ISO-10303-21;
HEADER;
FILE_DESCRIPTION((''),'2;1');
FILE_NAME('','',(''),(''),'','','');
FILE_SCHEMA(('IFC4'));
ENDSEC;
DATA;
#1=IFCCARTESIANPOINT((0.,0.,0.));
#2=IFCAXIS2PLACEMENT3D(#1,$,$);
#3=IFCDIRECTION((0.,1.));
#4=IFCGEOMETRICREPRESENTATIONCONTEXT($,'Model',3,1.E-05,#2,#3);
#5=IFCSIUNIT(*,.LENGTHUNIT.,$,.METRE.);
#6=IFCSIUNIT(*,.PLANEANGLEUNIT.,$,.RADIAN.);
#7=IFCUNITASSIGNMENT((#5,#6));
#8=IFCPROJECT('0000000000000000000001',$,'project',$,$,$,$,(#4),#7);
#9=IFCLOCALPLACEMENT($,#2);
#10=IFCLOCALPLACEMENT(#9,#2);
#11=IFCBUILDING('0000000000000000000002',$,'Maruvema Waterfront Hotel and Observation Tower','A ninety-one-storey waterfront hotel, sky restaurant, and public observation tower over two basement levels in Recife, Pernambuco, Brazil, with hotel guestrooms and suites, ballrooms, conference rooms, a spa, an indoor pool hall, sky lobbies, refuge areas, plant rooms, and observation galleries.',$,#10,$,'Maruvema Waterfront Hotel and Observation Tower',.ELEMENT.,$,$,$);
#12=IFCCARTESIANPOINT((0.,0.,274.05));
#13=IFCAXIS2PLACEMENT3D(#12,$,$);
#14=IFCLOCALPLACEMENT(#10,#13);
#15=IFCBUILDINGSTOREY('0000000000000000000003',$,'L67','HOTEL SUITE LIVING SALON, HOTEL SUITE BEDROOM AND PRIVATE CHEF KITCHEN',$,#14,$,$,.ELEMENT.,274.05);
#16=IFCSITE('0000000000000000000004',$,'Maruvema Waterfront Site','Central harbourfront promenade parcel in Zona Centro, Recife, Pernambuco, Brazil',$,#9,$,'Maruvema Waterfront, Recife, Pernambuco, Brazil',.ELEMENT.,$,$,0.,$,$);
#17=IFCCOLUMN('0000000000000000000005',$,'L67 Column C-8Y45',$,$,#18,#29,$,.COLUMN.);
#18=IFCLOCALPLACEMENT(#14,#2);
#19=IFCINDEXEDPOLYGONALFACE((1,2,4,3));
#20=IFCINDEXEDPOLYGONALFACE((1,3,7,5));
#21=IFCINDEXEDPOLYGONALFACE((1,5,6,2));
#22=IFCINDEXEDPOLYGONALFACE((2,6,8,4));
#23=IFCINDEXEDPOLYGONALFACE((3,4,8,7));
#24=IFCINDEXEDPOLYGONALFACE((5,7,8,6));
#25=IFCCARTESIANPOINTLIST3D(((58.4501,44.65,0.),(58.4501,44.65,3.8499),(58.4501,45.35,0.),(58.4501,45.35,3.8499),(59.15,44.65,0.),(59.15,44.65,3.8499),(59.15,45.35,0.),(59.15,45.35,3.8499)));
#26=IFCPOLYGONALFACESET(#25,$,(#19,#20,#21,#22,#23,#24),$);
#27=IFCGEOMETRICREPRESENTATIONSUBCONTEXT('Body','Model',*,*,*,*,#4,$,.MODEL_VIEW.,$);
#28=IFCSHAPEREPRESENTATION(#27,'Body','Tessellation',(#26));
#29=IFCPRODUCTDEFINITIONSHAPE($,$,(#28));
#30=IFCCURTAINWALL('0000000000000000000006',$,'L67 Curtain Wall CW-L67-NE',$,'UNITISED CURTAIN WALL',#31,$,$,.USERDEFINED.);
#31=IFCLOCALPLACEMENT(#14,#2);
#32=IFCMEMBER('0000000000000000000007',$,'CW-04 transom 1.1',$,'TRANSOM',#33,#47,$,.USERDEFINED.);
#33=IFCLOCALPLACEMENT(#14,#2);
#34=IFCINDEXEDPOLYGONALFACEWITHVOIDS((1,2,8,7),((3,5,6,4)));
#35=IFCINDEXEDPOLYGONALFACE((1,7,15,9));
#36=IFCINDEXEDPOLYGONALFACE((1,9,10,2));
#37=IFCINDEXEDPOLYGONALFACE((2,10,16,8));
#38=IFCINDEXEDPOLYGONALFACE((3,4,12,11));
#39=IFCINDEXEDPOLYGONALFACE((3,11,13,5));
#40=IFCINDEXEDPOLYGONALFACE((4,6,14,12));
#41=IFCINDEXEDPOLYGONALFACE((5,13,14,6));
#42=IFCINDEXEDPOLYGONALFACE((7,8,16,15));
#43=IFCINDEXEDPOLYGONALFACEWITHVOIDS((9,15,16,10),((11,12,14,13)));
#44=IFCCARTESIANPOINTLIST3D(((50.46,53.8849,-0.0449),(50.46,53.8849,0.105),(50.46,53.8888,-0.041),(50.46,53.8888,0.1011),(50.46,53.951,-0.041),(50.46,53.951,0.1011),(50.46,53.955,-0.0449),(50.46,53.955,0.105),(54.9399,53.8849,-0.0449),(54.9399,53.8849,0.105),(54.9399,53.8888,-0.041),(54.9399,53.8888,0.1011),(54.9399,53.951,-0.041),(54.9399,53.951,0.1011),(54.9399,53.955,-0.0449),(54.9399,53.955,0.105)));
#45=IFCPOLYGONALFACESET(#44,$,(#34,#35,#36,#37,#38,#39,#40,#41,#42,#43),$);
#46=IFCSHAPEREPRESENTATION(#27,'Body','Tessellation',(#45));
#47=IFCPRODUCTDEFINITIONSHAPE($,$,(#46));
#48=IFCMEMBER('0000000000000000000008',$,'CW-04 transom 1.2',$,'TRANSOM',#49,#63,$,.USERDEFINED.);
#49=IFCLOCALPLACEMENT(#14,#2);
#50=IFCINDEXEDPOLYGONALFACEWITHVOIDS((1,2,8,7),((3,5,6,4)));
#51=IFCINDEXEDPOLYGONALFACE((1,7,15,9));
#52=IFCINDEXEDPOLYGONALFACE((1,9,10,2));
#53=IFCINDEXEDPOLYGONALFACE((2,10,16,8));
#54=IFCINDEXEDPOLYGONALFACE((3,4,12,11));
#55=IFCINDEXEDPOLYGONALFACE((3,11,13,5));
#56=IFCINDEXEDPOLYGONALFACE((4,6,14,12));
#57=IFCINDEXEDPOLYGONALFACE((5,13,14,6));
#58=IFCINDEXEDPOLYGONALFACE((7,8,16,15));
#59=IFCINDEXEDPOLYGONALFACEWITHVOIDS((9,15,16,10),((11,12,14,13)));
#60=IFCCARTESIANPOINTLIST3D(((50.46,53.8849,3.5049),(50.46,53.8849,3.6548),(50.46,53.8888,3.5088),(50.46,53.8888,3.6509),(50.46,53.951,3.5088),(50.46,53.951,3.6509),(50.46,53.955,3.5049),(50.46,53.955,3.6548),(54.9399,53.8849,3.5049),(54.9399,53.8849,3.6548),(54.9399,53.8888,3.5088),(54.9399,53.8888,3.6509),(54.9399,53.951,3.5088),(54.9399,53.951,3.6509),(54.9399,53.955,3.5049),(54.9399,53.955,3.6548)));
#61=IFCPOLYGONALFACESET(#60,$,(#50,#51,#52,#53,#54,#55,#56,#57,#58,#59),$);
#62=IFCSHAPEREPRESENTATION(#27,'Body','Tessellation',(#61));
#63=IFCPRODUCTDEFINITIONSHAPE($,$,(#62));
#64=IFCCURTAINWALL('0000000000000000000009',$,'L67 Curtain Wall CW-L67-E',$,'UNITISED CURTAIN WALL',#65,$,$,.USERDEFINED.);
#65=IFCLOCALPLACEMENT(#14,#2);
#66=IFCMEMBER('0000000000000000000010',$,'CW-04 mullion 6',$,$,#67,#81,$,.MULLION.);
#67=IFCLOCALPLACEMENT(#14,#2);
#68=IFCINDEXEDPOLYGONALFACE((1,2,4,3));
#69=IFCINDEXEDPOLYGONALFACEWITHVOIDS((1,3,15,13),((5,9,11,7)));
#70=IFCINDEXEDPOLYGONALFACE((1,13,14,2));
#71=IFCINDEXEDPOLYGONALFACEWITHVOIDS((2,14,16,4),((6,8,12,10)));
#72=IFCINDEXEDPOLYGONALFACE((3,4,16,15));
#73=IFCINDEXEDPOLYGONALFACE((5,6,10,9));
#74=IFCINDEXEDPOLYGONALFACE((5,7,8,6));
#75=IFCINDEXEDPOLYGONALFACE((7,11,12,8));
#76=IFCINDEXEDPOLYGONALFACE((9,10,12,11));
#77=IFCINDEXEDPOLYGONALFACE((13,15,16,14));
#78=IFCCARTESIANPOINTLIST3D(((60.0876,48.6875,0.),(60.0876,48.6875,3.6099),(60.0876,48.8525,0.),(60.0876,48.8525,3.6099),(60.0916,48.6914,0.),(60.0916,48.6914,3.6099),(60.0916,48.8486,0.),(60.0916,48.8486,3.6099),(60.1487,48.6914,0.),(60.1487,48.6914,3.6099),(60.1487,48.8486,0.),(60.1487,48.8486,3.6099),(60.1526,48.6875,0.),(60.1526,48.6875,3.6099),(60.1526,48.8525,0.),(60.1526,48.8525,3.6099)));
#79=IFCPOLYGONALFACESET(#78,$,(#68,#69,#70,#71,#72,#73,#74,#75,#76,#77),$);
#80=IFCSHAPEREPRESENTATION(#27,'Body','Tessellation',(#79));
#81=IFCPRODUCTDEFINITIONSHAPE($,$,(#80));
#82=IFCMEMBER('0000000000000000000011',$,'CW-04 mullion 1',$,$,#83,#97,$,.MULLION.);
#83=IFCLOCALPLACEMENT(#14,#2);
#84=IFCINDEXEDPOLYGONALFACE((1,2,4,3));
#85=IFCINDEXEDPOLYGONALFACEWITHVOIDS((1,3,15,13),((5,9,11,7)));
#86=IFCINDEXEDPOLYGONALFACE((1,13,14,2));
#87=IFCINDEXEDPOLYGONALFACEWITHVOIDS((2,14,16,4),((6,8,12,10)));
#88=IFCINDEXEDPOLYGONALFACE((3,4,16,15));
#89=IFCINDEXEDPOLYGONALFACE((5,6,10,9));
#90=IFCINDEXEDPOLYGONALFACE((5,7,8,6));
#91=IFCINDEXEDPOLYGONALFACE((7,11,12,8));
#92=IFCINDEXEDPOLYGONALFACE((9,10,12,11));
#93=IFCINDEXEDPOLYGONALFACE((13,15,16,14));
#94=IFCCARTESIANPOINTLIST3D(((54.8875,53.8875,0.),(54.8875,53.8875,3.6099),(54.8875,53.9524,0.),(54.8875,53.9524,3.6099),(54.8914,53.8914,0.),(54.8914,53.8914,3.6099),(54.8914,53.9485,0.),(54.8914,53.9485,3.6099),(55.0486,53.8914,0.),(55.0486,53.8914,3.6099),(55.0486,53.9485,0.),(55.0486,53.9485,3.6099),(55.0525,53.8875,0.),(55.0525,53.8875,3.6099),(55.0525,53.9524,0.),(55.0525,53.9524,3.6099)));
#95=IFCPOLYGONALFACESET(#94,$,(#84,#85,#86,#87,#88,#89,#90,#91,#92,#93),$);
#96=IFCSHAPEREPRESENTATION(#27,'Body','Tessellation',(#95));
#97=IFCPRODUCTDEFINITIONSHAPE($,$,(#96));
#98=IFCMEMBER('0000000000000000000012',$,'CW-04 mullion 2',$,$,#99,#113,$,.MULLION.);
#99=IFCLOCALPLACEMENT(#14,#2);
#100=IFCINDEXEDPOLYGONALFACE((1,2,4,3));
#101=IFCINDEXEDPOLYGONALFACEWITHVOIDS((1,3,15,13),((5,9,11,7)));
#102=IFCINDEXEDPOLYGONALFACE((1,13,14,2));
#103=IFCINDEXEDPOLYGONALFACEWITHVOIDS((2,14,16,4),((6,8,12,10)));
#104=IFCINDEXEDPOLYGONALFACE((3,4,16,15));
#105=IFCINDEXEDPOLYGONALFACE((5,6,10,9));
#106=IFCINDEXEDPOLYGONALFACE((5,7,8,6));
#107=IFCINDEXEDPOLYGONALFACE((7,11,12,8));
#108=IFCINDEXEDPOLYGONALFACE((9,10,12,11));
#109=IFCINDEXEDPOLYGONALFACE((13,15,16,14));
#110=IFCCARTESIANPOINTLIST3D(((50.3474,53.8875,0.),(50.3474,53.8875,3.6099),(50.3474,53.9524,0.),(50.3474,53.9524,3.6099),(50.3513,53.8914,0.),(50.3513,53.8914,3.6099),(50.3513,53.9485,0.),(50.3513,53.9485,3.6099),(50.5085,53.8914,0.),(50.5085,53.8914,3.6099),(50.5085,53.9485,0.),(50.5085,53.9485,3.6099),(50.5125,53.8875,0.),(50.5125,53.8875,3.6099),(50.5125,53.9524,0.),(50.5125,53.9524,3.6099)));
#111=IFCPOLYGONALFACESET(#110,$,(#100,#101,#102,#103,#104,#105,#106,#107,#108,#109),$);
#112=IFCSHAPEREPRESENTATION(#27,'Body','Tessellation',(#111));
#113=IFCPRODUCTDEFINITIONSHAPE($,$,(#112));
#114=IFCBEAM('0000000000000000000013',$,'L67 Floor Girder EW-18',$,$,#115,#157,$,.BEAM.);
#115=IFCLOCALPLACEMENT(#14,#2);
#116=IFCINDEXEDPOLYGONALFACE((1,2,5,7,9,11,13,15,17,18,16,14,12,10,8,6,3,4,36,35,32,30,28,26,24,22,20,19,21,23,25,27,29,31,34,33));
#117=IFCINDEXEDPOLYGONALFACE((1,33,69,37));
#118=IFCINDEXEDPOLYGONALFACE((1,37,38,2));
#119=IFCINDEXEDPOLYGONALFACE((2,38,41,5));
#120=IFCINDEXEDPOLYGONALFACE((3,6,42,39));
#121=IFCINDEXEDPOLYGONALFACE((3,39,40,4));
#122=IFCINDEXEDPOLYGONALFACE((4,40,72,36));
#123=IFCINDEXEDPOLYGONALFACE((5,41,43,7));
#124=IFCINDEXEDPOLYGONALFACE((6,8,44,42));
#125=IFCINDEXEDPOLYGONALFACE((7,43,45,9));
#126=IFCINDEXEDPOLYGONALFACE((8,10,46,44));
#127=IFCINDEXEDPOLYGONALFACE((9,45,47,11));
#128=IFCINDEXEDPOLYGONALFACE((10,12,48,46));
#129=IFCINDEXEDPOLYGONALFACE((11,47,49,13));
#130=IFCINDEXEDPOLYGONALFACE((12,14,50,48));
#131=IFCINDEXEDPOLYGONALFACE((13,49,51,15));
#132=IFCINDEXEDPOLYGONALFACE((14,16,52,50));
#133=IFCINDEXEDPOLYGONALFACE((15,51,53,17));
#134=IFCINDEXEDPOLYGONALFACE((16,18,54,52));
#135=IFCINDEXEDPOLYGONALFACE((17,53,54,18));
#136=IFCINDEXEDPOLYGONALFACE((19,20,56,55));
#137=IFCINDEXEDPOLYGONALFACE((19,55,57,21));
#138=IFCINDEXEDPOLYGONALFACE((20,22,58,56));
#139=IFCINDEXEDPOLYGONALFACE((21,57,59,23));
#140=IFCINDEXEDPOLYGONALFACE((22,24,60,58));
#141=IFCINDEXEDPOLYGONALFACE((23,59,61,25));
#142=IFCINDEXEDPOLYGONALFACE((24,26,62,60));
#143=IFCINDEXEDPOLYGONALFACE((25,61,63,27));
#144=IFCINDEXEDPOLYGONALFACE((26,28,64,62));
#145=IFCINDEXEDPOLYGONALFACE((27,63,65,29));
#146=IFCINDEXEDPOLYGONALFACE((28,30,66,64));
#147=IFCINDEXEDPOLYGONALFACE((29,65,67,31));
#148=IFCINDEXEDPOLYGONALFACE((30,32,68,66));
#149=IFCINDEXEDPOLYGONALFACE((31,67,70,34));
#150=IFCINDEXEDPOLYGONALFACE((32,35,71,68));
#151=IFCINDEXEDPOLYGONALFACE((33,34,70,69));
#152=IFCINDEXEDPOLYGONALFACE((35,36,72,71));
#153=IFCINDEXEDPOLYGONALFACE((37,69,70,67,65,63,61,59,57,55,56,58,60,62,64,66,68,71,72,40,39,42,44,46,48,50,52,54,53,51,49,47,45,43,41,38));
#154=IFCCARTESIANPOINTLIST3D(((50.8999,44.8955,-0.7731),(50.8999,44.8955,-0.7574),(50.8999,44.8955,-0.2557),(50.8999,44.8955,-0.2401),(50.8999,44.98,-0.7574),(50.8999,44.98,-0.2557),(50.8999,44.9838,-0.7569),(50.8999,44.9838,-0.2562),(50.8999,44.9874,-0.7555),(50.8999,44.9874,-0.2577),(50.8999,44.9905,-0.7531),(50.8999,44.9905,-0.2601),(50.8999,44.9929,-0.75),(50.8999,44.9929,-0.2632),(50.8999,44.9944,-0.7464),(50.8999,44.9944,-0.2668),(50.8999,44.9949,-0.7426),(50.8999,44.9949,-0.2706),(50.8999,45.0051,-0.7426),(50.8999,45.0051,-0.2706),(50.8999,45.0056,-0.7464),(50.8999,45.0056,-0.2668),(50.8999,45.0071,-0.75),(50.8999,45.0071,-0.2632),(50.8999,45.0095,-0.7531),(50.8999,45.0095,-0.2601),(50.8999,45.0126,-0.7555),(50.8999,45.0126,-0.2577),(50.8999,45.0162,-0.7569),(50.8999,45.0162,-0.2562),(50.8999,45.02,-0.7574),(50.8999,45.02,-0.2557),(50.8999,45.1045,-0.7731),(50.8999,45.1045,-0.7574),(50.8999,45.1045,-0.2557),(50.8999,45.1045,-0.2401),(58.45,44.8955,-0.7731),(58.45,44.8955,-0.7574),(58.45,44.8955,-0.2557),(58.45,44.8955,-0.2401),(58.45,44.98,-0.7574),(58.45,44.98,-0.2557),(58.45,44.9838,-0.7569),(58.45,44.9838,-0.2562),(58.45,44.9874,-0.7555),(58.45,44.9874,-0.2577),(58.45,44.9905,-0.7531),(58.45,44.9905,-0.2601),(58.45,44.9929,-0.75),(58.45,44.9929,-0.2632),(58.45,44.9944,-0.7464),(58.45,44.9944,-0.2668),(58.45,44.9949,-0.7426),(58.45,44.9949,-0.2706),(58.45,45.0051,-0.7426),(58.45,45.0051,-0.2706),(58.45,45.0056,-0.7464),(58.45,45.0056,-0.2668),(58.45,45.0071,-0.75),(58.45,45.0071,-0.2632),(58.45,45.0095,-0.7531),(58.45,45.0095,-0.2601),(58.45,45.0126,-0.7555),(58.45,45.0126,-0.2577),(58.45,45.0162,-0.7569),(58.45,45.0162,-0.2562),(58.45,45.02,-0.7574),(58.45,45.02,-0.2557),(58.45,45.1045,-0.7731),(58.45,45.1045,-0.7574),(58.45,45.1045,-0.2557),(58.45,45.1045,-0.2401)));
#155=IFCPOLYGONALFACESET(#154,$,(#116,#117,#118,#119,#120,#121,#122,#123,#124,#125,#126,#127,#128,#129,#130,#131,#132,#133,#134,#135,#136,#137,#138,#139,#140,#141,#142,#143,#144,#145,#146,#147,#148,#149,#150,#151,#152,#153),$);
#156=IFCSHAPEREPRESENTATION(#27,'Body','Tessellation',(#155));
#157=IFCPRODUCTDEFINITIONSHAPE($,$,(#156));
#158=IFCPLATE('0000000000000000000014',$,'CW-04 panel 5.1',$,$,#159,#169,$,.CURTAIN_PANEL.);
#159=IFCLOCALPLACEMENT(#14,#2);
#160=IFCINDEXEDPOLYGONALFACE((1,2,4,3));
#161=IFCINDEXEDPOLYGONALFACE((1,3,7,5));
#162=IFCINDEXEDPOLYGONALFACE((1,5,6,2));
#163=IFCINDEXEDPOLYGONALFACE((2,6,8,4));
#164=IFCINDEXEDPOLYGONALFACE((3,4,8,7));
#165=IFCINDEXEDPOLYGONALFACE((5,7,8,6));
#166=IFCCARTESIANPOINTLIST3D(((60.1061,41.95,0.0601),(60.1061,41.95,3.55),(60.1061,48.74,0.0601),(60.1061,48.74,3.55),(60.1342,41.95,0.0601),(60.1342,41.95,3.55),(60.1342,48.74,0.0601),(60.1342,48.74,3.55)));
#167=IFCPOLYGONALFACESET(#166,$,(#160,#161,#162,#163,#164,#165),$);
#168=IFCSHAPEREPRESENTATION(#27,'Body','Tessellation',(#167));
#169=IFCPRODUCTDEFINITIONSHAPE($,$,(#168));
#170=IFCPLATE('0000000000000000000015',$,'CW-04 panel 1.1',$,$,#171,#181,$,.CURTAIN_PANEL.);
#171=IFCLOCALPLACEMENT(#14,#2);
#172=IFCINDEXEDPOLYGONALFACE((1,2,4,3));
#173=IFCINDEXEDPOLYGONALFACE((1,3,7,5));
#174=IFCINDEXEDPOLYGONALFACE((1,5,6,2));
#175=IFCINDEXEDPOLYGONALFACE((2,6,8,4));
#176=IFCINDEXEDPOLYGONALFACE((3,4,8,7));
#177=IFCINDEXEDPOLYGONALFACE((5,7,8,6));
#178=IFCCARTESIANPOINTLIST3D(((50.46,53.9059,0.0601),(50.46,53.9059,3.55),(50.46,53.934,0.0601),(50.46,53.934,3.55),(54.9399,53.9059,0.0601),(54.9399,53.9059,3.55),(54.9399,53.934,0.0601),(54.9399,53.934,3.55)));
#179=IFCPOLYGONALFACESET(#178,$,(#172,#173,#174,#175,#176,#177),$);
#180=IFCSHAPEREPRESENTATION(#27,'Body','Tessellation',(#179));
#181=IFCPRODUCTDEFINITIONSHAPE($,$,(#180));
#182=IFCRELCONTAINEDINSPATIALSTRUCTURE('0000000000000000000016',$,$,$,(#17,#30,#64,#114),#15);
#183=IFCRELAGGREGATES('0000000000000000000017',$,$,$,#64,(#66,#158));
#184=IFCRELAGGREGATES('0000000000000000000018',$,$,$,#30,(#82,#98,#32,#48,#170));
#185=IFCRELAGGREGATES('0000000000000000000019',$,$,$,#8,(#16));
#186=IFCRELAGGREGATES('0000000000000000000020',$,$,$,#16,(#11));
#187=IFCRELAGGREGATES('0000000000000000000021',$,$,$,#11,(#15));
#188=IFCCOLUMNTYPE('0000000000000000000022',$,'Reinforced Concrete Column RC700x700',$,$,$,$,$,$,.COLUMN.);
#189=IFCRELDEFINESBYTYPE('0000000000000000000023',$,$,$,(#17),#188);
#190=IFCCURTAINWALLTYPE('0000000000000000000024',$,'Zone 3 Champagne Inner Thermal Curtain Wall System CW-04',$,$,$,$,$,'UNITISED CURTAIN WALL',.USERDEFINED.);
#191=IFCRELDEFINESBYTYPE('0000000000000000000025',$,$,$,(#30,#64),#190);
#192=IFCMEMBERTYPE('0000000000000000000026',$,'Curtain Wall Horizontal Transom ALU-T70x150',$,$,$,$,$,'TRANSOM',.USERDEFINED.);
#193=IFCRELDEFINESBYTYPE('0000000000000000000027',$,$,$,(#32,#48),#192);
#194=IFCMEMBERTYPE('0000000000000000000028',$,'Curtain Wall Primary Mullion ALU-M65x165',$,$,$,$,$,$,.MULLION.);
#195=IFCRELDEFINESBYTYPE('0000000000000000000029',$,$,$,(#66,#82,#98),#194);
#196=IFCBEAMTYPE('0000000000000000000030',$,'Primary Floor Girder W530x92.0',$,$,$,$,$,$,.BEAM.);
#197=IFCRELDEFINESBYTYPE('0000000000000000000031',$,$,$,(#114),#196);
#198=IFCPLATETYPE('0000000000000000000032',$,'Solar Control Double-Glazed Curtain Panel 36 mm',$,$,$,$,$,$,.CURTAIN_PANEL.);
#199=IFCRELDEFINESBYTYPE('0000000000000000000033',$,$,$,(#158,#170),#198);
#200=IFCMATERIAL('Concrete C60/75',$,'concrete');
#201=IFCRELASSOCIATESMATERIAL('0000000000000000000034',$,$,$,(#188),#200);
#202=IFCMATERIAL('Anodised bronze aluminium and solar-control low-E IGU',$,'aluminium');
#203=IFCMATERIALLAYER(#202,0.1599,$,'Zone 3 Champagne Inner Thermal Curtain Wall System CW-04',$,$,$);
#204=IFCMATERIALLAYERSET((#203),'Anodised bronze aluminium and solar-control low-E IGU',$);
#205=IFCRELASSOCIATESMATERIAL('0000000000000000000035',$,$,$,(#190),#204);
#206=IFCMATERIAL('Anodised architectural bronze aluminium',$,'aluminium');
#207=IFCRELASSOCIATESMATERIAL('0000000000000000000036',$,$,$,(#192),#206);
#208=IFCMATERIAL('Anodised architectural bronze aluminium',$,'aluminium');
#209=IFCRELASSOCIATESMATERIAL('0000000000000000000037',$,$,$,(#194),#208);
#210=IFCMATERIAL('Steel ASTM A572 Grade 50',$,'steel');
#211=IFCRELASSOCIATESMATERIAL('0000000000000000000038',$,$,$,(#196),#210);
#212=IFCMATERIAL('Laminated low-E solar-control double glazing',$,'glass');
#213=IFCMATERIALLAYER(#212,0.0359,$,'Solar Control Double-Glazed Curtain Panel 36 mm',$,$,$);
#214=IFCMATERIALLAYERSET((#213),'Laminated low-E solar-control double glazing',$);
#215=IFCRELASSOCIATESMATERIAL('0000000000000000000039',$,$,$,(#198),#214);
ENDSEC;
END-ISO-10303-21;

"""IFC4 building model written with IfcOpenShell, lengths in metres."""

from ifc_helpers import new_model, si_unit, direction, frame, origin, origin_2d, place, context, subcontext, project, spatial, rectangle, hollow_rectangle, i_section, extrude, material, layer, layer_set, material_profile, profile_set, type_object, element, aggregate, save


model = new_model("IFC4")

# Units and contexts
model_context = context("Model", 3, precision=1e-05, world=origin(), true_north=direction((0.0, 1.0)))
body_context = subcontext(model_context, "Body", "Model", "MODEL_VIEW")
ifc_project = project(units=[si_unit("LENGTHUNIT", "METRE"), si_unit("PLANEANGLEUNIT", "RADIAN")], contexts=[model_context])

# Site, building, storey
site_placement = place(None, origin())
site = spatial("IfcSite", under=ifc_project, at=site_placement, Name="Maruvema Waterfront Site", Description="Central harbourfront promenade parcel in Zona Centro, Recife, Pernambuco, Brazil", LongName="Maruvema Waterfront, Recife, Pernambuco, Brazil", CompositionType="ELEMENT", RefElevation=0.0)
building_placement = place(site_placement, origin())
building = spatial("IfcBuilding", under=site, at=building_placement, Name="Maruvema Waterfront Hotel and Observation Tower", Description="A ninety-one-storey waterfront hotel, sky restaurant, and public observation tower over two basement levels in Recife, Pernambuco, Brazil, with hotel guestrooms and suites, ballrooms, conference rooms, a spa, an indoor pool hall, sky lobbies, refuge areas, plant rooms, and observation galleries.", LongName="Maruvema Waterfront Hotel and Observation Tower", CompositionType="ELEMENT")
storey_placement = place(building_placement, frame((0.0, 0.0, 274.05)))
storey = spatial("IfcBuildingStorey", under=building, at=storey_placement, Name="L67", Description="HOTEL SUITE LIVING SALON, HOTEL SUITE BEDROOM AND PRIVATE CHEF KITCHEN", CompositionType="ELEMENT", Elevation=274.05)

# Column
ifc_material_1 = material(Name="Concrete C60/75", Category="concrete")
ifc_material_profile_1 = material_profile(ifc_material_1, rectangle(XDim=0.7, YDim=0.7, at=origin_2d()), Name="RC700x700")
ifc_profile_set_1 = profile_set([ifc_material_profile_1], Name="Concrete C60/75")
column_type = type_object("IfcColumnType", Name="Reinforced Concrete Column RC700x700", PredefinedType="COLUMN", material=ifc_profile_set_1)
column_placement = place(storey_placement, frame((58.8, 45.0, 0.0), z_axis=(0.0, 0.0, 1.0), x_axis=(1.0, 0.0, 0.0)))
element("IfcColumn", 1, at=column_placement, inside=storey, type_object=column_type, Name="L67 Column C-8Y45", PredefinedType="COLUMN", context=body_context, shape_type="SweptSolid", body=[
    extrude(rectangle(XDim=0.7, YDim=0.7, at=origin_2d()), origin(), (0.0, 0.0, 1.0), 3.8499),
])

# Curtain wall, members
ifc_material_2 = material(Name="Anodised bronze aluminium and solar-control low-E IGU", Category="aluminium")
ifc_layer_1 = layer(ifc_material_2, 0.1599, Name="Zone 3 Champagne Inner Thermal Curtain Wall System CW-04")
ifc_layer_set_1 = layer_set([ifc_layer_1], Name="Anodised bronze aluminium and solar-control low-E IGU")
curtain_wall_type = type_object("IfcCurtainWallType", Name="Zone 3 Champagne Inner Thermal Curtain Wall System CW-04", ElementType="UNITISED CURTAIN WALL", PredefinedType="USERDEFINED", material=ifc_layer_set_1)
curtain_wall_1_placement = place(storey_placement, origin())
curtain_wall_1 = element("IfcCurtainWall", 2, at=curtain_wall_1_placement, inside=storey, type_object=curtain_wall_type, Name="L67 Curtain Wall CW-L67-NE", ObjectType="UNITISED CURTAIN WALL", PredefinedType="USERDEFINED")
ifc_material_3 = material(Name="Anodised architectural bronze aluminium", Category="aluminium")
ifc_material_profile_2 = material_profile(ifc_material_3, hollow_rectangle(XDim=0.0701, YDim=0.1499, WallThickness=0.0039, at=origin_2d()), Name="ALU-T70x150")
ifc_profile_set_2 = profile_set([ifc_material_profile_2], Name="Anodised architectural bronze aluminium")
member_type_1 = type_object("IfcMemberType", Name="Curtain Wall Horizontal Transom ALU-T70x150", ElementType="TRANSOM", PredefinedType="USERDEFINED", material=ifc_profile_set_2)
member_1_placement = place(storey_placement, frame((54.9399, 53.9199, 0.03), z_axis=(-1.0, 0.0, 0.0), x_axis=(0.0, -1.0, 0.0)))
member_1 = element("IfcMember", 3, at=member_1_placement, type_object=member_type_1, Name="CW-04 transom 1.1", ObjectType="TRANSOM", PredefinedType="USERDEFINED", context=body_context, shape_type="SweptSolid", body=[
    extrude(hollow_rectangle(XDim=0.0701, YDim=0.1499, WallThickness=0.0039, at=origin_2d()), origin(), (0.0, 0.0, 1.0), 4.48),
])
member_2_placement = place(storey_placement, frame((54.9399, 53.9199, 3.5798), z_axis=(-1.0, 0.0, 0.0), x_axis=(0.0, -1.0, 0.0)))
member_2 = element("IfcMember", 4, at=member_2_placement, type_object=member_type_1, Name="CW-04 transom 1.2", ObjectType="TRANSOM", PredefinedType="USERDEFINED", context=body_context, shape_type="SweptSolid", body=[
    extrude(hollow_rectangle(XDim=0.0701, YDim=0.1499, WallThickness=0.0039, at=origin_2d()), origin(), (0.0, 0.0, 1.0), 4.48),
])

# Curtain wall, member
curtain_wall_2_placement = place(storey_placement, origin())
curtain_wall_2 = element("IfcCurtainWall", 5, at=curtain_wall_2_placement, inside=storey, type_object=curtain_wall_type, Name="L67 Curtain Wall CW-L67-E", ObjectType="UNITISED CURTAIN WALL", PredefinedType="USERDEFINED")
ifc_material_4 = material(Name="Anodised architectural bronze aluminium", Category="aluminium")
ifc_material_profile_3 = material_profile(ifc_material_4, hollow_rectangle(XDim=0.0649, YDim=0.165, WallThickness=0.0039, at=origin_2d()), Name="ALU-M65x165")
ifc_profile_set_3 = profile_set([ifc_material_profile_3], Name="Anodised architectural bronze aluminium")
member_type_2 = type_object("IfcMemberType", Name="Curtain Wall Primary Mullion ALU-M65x165", PredefinedType="MULLION", material=ifc_profile_set_3)
member_3_placement = place(storey_placement, frame((60.1201, 48.77, 0.0), z_axis=(0.0, 0.0, 1.0), x_axis=(-1.0, 0.0, 0.0)))
member_3 = element("IfcMember", 6, at=member_3_placement, type_object=member_type_2, Name="CW-04 mullion 6", PredefinedType="MULLION", context=body_context, shape_type="SweptSolid", body=[
    extrude(hollow_rectangle(XDim=0.0649, YDim=0.165, WallThickness=0.0039, at=origin_2d()), origin(), (0.0, 0.0, 1.0), 3.6099),
])

# Members
member_4_placement = place(storey_placement, frame((54.97, 53.9199, 0.0), z_axis=(0.0, 0.0, 1.0), x_axis=(0.0, -1.0, 0.0)))
member_4 = element("IfcMember", 7, at=member_4_placement, type_object=member_type_2, Name="CW-04 mullion 1", PredefinedType="MULLION", context=body_context, shape_type="SweptSolid", body=[
    extrude(hollow_rectangle(XDim=0.0649, YDim=0.165, WallThickness=0.0039, at=origin_2d()), origin(), (0.0, 0.0, 1.0), 3.6099),
])
member_5_placement = place(storey_placement, frame((50.4299, 53.9199, 0.0), z_axis=(0.0, 0.0, 1.0), x_axis=(0.0, -1.0, 0.0)))
member_5 = element("IfcMember", 8, at=member_5_placement, type_object=member_type_2, Name="CW-04 mullion 2", PredefinedType="MULLION", context=body_context, shape_type="SweptSolid", body=[
    extrude(hollow_rectangle(XDim=0.0649, YDim=0.165, WallThickness=0.0039, at=origin_2d()), origin(), (0.0, 0.0, 1.0), 3.6099),
])

# Beam
ifc_material_5 = material(Name="Steel ASTM A572 Grade 50", Category="steel")
ifc_material_profile_4 = material_profile(ifc_material_5, i_section(OverallWidth=0.209, OverallDepth=0.533, WebThickness=0.0103, FlangeThickness=0.0156, FilletRadius=0.0149, at=origin_2d()), Name="W530x92.0")
ifc_profile_set_4 = profile_set([ifc_material_profile_4], Name="Steel ASTM A572 Grade 50")
beam_type = type_object("IfcBeamType", Name="Primary Floor Girder W530x92.0", PredefinedType="BEAM", material=ifc_profile_set_4)
beam_placement = place(storey_placement, frame((50.8999, 45.0, -0.5066), z_axis=(1.0, 0.0, 0.0), x_axis=(0.0, 1.0, 0.0)))
element("IfcBeam", 9, at=beam_placement, inside=storey, type_object=beam_type, Name="L67 Floor Girder EW-18", PredefinedType="BEAM", context=body_context, shape_type="SweptSolid", body=[
    extrude(i_section(OverallWidth=0.209, OverallDepth=0.533, WebThickness=0.0103, FlangeThickness=0.0156, FilletRadius=0.0149, at=origin_2d()), origin(), (0.0, 0.0, 1.0), 7.55),
])

# Plates
ifc_material_6 = material(Name="Laminated low-E solar-control double glazing", Category="glass")
ifc_layer_2 = layer(ifc_material_6, 0.0359, Name="Solar Control Double-Glazed Curtain Panel 36 mm")
ifc_layer_set_2 = layer_set([ifc_layer_2], Name="Laminated low-E solar-control double glazing")
plate_type = type_object("IfcPlateType", Name="Solar Control Double-Glazed Curtain Panel 36 mm", PredefinedType="CURTAIN_PANEL", material=ifc_layer_set_2)
plate_1_placement = place(storey_placement, frame((60.1201, 45.345, 0.0601), z_axis=(0.0, 0.0, 1.0), x_axis=(0.0, 1.0, 0.0)))
plate_1 = element("IfcPlate", 10, at=plate_1_placement, type_object=plate_type, Name="CW-04 panel 5.1", PredefinedType="CURTAIN_PANEL", context=body_context, shape_type="SweptSolid", body=[
    extrude(rectangle(XDim=6.79, YDim=0.0281, at=origin_2d()), origin(), (0.0, 0.0, 1.0), 3.49),
])
aggregate(curtain_wall_2, [member_3, plate_1])
plate_2_placement = place(storey_placement, frame((52.7, 53.9199, 0.0601), z_axis=(0.0, 0.0, 1.0), x_axis=(-1.0, 0.0, 0.0)))
plate_2 = element("IfcPlate", 11, at=plate_2_placement, type_object=plate_type, Name="CW-04 panel 1.1", PredefinedType="CURTAIN_PANEL", context=body_context, shape_type="SweptSolid", body=[
    extrude(rectangle(XDim=4.48, YDim=0.0281, at=origin_2d()), origin(), (0.0, 0.0, 1.0), 3.49),
])
aggregate(curtain_wall_1, [member_4, member_5, member_1, member_2, plate_2])

save(model, "model.ifc")
